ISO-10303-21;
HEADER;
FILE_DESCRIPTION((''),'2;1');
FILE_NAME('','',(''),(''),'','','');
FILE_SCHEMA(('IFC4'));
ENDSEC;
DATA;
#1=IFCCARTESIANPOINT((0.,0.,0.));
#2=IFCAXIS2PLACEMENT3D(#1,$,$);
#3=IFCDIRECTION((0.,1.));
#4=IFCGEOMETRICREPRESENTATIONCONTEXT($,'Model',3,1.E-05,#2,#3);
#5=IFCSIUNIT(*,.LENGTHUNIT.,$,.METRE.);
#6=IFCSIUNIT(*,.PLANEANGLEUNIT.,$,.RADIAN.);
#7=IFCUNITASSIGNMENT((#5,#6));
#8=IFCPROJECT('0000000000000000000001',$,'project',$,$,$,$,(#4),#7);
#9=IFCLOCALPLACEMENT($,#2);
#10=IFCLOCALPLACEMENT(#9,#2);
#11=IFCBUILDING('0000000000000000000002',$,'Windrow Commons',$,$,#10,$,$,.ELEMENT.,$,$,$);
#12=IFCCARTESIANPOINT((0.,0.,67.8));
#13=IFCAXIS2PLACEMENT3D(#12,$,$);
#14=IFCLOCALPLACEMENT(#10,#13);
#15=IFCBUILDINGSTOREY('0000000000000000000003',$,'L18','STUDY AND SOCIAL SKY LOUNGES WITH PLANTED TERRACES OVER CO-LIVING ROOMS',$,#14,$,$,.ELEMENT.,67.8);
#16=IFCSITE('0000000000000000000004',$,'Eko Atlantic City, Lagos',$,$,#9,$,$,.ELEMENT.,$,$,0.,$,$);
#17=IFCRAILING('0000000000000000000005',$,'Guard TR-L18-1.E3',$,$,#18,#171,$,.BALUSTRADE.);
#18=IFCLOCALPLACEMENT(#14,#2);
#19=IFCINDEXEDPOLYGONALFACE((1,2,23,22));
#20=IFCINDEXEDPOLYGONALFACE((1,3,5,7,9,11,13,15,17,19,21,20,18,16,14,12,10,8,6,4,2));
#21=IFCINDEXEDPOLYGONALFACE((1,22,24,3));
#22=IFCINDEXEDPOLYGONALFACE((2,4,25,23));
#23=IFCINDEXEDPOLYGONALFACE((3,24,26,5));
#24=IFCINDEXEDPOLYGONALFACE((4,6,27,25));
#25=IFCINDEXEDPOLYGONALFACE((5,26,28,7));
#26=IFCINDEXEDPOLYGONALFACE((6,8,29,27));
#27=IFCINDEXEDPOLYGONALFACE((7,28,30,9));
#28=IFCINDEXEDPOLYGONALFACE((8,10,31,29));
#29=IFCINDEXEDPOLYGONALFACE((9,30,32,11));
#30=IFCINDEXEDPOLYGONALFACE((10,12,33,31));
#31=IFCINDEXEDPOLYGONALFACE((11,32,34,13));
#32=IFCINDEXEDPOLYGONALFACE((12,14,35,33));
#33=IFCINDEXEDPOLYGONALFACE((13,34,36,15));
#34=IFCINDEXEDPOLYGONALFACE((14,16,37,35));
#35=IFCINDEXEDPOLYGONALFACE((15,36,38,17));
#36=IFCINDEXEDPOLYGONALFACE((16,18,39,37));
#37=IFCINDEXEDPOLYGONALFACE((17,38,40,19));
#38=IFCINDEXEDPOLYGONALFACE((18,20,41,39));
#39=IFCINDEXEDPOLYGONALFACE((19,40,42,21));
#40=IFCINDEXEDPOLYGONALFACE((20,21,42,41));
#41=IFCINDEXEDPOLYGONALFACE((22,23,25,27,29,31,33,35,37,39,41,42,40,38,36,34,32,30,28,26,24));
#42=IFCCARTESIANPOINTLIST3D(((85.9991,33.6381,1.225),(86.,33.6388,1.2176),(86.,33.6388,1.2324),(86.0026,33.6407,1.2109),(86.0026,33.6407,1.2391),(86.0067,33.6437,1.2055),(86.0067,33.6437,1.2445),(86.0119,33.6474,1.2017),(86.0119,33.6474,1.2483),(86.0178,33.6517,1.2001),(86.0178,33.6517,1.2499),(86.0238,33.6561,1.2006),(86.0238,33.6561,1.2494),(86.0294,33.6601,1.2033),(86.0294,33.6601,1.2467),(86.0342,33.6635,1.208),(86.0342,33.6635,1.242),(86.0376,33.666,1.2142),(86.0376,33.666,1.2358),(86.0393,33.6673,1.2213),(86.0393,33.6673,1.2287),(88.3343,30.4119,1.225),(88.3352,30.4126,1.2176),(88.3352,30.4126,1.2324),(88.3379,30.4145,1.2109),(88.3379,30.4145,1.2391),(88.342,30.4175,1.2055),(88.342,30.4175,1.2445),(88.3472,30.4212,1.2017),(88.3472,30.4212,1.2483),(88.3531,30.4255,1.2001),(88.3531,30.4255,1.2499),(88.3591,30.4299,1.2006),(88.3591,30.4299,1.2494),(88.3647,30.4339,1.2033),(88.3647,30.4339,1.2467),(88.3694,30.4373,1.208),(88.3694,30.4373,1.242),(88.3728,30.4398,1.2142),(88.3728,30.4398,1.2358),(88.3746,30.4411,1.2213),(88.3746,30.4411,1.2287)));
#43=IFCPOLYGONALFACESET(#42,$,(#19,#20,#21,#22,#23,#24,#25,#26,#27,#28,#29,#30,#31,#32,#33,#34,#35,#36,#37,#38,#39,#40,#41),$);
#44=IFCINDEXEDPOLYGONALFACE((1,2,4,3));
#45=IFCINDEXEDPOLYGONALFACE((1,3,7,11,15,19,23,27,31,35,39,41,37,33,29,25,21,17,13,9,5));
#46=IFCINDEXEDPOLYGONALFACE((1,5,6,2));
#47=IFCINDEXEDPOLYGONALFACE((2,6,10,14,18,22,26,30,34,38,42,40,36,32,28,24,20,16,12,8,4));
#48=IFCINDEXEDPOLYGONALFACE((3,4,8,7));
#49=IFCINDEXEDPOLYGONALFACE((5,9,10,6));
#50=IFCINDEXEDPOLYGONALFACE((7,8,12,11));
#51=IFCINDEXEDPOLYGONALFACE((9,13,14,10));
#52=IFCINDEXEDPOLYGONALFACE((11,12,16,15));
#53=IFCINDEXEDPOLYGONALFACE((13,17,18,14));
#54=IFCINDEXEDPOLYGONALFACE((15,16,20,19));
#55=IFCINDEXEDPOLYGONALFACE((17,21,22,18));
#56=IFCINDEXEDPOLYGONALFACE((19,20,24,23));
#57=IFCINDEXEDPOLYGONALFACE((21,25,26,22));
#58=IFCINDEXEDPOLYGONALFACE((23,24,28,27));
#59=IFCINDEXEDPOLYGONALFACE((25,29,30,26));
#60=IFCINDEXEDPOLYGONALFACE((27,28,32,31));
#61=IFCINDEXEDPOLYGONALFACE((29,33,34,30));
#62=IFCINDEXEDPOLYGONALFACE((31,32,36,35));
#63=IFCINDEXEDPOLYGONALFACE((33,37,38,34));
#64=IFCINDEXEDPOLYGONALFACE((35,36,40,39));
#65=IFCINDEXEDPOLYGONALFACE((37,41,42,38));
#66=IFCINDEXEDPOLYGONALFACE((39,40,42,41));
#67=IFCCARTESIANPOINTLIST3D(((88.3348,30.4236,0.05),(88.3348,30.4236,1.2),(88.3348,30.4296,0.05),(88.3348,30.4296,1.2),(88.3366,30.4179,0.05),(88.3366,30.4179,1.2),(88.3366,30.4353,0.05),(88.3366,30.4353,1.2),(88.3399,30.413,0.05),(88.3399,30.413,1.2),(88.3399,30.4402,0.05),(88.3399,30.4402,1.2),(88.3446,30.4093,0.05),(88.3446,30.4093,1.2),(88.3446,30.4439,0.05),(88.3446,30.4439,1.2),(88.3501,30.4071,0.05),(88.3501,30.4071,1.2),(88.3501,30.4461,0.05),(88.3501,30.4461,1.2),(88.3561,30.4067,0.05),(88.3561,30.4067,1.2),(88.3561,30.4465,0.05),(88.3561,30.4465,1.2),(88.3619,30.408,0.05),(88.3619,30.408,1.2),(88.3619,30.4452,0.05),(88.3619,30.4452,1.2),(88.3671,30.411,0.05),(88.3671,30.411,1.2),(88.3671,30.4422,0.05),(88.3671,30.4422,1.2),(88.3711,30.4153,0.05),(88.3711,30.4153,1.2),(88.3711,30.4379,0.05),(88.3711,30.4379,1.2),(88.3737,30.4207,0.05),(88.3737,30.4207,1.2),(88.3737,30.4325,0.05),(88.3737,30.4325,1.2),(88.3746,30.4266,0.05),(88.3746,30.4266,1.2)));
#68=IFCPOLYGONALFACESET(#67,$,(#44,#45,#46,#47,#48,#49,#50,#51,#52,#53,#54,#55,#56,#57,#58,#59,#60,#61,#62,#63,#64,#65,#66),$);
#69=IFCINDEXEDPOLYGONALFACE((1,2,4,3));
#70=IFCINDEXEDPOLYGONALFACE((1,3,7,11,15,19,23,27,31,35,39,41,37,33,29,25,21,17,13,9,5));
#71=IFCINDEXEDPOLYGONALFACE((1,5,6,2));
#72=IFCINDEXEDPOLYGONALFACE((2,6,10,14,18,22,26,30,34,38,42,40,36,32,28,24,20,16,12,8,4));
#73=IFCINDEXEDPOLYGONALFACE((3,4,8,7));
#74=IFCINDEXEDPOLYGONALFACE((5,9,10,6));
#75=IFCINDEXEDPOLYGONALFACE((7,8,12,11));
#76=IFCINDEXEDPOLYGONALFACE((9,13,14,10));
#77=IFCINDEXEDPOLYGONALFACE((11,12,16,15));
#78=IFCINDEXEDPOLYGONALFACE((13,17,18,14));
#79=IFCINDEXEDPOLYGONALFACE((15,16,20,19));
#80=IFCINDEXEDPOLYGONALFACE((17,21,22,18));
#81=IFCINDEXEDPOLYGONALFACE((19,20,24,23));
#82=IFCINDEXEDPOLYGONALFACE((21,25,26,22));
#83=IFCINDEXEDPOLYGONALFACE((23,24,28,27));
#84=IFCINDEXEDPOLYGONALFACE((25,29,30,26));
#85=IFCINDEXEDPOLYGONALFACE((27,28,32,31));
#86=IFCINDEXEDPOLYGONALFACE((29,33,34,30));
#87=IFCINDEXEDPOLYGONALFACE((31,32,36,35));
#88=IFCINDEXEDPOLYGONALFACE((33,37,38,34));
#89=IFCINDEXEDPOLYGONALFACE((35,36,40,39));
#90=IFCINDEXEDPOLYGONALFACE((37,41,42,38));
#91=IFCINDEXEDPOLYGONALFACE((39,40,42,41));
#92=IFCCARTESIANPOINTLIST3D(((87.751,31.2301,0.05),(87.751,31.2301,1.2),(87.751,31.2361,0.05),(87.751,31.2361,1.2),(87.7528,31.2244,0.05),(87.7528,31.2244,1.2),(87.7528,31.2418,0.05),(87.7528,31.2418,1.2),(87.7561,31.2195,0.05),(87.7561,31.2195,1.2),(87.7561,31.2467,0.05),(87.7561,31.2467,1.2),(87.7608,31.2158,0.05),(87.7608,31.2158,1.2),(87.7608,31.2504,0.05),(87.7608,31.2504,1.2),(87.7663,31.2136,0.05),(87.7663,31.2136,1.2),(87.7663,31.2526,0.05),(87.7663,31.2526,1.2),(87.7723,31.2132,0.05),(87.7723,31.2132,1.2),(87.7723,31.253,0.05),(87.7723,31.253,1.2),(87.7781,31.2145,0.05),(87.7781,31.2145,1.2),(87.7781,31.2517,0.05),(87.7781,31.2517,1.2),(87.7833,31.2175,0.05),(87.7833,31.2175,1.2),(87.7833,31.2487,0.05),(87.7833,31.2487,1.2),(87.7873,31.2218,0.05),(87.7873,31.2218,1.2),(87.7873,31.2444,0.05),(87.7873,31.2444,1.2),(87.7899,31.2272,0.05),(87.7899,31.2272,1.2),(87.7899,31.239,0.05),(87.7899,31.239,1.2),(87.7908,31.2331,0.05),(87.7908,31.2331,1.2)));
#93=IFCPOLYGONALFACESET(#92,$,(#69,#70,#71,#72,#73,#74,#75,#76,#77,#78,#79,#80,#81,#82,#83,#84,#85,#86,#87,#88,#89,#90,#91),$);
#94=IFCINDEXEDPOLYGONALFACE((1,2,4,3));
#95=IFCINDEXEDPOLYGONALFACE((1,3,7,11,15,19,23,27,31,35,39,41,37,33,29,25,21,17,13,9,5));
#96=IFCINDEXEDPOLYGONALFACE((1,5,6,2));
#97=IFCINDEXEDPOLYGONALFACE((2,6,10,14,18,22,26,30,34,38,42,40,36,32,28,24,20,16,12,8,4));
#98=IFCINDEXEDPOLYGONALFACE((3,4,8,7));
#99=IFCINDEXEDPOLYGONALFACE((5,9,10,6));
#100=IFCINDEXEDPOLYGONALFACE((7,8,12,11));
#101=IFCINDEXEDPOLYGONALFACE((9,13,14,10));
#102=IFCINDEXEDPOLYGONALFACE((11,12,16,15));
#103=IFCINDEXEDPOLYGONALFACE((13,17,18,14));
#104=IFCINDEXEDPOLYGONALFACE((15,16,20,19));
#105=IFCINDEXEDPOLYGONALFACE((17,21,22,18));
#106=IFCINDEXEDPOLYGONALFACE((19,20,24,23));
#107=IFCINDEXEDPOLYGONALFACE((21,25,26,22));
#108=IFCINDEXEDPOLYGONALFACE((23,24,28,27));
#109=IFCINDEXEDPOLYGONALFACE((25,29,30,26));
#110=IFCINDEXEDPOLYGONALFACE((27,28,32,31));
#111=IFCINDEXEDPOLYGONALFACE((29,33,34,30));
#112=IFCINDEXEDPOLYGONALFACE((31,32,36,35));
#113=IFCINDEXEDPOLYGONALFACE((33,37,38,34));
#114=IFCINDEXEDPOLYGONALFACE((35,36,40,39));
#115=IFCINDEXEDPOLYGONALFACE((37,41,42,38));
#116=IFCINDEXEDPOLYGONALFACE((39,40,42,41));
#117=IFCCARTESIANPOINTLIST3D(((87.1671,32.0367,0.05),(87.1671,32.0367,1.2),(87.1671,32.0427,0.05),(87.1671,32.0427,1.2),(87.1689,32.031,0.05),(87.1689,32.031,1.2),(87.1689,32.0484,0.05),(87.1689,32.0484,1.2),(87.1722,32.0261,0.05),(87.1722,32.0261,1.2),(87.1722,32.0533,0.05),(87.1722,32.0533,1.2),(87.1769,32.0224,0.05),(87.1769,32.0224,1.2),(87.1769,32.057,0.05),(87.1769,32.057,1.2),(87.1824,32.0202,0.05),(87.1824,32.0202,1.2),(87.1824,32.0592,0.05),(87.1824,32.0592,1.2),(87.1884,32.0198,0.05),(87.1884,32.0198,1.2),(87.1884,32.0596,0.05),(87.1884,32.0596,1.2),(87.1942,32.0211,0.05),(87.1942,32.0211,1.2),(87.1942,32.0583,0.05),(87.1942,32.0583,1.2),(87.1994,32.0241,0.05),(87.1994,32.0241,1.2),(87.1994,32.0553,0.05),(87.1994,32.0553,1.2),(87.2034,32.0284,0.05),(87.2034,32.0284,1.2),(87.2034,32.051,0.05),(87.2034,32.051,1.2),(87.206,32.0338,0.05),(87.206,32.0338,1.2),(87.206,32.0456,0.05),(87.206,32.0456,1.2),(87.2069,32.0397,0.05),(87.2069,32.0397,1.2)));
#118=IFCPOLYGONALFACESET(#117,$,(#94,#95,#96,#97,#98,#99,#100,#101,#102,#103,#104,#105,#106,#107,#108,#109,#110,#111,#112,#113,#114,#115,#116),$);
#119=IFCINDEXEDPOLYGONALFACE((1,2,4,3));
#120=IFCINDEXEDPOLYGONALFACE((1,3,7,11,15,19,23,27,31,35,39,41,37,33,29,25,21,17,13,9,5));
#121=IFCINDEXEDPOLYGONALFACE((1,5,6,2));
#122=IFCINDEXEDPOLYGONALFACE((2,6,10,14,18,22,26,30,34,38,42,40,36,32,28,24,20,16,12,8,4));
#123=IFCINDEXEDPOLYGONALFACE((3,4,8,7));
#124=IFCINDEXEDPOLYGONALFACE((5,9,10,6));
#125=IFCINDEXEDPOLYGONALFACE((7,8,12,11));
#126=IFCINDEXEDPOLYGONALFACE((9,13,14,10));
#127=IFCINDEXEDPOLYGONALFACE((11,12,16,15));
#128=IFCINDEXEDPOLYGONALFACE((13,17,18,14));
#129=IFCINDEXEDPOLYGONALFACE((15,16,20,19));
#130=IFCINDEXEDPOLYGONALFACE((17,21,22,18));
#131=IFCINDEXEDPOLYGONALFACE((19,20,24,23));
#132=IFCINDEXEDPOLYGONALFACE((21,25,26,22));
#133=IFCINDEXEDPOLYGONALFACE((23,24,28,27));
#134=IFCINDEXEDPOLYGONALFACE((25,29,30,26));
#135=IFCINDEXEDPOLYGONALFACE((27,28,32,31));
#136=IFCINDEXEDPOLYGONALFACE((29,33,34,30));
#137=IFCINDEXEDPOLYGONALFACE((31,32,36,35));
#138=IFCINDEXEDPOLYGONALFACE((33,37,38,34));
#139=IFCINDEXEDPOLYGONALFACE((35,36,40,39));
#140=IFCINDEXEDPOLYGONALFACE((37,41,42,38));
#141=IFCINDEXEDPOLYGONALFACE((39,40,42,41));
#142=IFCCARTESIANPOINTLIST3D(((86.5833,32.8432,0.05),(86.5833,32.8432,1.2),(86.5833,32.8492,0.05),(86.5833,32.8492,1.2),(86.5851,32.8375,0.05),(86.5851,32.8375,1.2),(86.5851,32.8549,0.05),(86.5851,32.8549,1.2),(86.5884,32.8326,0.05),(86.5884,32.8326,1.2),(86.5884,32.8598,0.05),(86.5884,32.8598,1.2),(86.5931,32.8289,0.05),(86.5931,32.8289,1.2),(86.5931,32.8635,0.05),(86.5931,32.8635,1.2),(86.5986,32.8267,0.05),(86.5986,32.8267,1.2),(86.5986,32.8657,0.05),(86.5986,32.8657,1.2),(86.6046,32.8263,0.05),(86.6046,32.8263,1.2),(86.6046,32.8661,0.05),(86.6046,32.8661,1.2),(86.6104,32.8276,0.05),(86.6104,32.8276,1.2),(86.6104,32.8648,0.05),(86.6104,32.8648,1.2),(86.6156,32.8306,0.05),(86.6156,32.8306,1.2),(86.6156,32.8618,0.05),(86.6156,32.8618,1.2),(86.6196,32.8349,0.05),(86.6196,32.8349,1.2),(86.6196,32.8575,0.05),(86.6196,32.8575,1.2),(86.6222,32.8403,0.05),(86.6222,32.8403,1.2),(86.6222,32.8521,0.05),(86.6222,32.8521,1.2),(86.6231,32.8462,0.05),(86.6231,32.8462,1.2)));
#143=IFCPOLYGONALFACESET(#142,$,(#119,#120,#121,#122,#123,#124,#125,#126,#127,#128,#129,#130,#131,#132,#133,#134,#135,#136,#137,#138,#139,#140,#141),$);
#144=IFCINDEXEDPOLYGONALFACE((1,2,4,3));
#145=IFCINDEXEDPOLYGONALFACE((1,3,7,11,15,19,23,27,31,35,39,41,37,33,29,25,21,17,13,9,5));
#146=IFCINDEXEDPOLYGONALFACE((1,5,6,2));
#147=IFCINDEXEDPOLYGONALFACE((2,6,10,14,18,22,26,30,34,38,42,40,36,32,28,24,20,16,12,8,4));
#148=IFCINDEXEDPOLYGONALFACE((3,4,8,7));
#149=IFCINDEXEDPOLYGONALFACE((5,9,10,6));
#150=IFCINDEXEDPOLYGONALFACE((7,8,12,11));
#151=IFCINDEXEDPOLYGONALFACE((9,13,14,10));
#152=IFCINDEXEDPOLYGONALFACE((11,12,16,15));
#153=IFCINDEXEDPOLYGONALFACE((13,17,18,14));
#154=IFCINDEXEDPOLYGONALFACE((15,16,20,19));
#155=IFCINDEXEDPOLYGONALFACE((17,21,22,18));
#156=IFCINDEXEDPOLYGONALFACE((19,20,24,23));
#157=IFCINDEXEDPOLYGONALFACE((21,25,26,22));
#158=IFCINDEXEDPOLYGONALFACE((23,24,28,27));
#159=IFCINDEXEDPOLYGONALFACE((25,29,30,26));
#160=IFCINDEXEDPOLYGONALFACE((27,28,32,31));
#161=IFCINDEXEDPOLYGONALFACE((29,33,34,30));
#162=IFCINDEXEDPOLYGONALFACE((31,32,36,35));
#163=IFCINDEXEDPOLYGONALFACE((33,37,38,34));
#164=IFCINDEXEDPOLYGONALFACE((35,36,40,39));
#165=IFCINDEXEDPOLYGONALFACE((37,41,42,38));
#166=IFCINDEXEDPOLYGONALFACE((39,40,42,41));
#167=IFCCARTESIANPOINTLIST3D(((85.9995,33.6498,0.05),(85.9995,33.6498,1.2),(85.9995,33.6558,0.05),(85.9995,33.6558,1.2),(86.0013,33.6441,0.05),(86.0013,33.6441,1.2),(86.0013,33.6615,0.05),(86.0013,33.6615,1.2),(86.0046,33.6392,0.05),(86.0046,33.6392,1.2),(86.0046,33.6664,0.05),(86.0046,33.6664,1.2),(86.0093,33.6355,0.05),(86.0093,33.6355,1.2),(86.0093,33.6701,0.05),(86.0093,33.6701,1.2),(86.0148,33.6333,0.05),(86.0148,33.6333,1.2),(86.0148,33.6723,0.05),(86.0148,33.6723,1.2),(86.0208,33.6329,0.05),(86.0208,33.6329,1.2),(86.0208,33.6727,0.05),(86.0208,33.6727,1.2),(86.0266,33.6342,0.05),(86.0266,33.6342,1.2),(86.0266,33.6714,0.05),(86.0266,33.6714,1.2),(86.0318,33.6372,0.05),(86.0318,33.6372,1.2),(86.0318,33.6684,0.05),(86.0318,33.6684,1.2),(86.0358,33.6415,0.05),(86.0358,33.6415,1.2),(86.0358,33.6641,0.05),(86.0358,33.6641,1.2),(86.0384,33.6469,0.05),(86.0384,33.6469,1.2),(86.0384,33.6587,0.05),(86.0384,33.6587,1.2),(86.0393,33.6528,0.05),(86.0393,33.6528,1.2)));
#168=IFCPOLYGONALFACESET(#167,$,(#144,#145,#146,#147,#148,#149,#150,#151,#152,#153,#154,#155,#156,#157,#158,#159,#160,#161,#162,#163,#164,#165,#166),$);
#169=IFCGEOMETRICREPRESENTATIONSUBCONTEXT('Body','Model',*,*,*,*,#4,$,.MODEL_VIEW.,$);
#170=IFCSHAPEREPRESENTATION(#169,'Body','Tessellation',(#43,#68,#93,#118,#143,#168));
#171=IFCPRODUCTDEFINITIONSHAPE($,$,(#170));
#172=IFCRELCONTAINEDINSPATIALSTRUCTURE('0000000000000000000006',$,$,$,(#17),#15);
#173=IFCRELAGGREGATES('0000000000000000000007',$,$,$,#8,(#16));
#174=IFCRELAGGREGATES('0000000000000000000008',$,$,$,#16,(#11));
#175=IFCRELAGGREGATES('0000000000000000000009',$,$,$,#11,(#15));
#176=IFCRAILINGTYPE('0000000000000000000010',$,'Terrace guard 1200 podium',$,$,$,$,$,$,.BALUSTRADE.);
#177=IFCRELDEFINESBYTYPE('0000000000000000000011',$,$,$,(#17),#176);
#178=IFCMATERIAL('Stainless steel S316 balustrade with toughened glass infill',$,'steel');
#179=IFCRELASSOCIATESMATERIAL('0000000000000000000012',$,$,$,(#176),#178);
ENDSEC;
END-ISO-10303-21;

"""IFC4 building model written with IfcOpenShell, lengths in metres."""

from ifc_helpers import new_model, si_unit, direction, frame, origin, origin_2d, place, context, subcontext, project, spatial, circle, extrude, material, type_object, element, save


model = new_model("IFC4")

# Units and contexts
model_context = context("Model", 3, precision=1e-05, world=origin(), true_north=direction((0.0, 1.0)))
body_context = subcontext(model_context, "Body", "Model", "MODEL_VIEW")
ifc_project = project(units=[si_unit("LENGTHUNIT", "METRE"), si_unit("PLANEANGLEUNIT", "RADIAN")], contexts=[model_context])

# Site, building, storey
site_placement = place(None, origin())
site = spatial("IfcSite", under=ifc_project, at=site_placement, Name="Eko Atlantic City, Lagos", CompositionType="ELEMENT", RefElevation=0.0)
building_placement = place(site_placement, origin())
building = spatial("IfcBuilding", under=site, at=building_placement, Name="Windrow Commons", CompositionType="ELEMENT")
storey_placement = place(building_placement, frame((0.0, 0.0, 67.8)))
storey = spatial("IfcBuildingStorey", under=building, at=storey_placement, Name="L18", Description="STUDY AND SOCIAL SKY LOUNGES WITH PLANTED TERRACES OVER CO-LIVING ROOMS", CompositionType="ELEMENT", Elevation=67.8)

# Railing
ifc_material_1 = material(Name="Stainless steel S316 balustrade with toughened glass infill", Category="steel")
railing_type = type_object("IfcRailingType", Name="Terrace guard 1200 podium", PredefinedType="BALUSTRADE", material=ifc_material_1)
railing_placement = place(storey_placement, frame((88.3546, 30.4266, 0.05)))
element("IfcRailing", 1, at=railing_placement, inside=storey, type_object=railing_type, Name="Guard TR-L18-1.E3", PredefinedType="BALUSTRADE", context=body_context, shape_type="SweptSolid", body=[
    extrude(circle(Radius=0.025, at=origin_2d()), frame((0.0, 0.0, 1.175), z_axis=(-0.586359, 0.810051, 0.0), x_axis=(-0.810051, -0.586359, 0.0)), (0.0, 0.0, 1.0), 3.9827),
    extrude(circle(Radius=0.02, at=origin_2d()), origin(), (0.0, 0.0, 1.0), 1.15),
    extrude(circle(Radius=0.02, at=origin_2d()), frame((-0.5838, 0.8065, 0.0)), (0.0, 0.0, 1.0), 1.15),
    extrude(circle(Radius=0.02, at=origin_2d()), frame((-1.1677, 1.6131, 0.0)), (0.0, 0.0, 1.0), 1.15),
    extrude(circle(Radius=0.02, at=origin_2d()), frame((-1.7515, 2.4196, 0.0)), (0.0, 0.0, 1.0), 1.15),
    extrude(circle(Radius=0.02, at=origin_2d()), frame((-2.3353, 3.2262, 0.0)), (0.0, 0.0, 1.0), 1.15),
])

save(model, "model.ifc")
